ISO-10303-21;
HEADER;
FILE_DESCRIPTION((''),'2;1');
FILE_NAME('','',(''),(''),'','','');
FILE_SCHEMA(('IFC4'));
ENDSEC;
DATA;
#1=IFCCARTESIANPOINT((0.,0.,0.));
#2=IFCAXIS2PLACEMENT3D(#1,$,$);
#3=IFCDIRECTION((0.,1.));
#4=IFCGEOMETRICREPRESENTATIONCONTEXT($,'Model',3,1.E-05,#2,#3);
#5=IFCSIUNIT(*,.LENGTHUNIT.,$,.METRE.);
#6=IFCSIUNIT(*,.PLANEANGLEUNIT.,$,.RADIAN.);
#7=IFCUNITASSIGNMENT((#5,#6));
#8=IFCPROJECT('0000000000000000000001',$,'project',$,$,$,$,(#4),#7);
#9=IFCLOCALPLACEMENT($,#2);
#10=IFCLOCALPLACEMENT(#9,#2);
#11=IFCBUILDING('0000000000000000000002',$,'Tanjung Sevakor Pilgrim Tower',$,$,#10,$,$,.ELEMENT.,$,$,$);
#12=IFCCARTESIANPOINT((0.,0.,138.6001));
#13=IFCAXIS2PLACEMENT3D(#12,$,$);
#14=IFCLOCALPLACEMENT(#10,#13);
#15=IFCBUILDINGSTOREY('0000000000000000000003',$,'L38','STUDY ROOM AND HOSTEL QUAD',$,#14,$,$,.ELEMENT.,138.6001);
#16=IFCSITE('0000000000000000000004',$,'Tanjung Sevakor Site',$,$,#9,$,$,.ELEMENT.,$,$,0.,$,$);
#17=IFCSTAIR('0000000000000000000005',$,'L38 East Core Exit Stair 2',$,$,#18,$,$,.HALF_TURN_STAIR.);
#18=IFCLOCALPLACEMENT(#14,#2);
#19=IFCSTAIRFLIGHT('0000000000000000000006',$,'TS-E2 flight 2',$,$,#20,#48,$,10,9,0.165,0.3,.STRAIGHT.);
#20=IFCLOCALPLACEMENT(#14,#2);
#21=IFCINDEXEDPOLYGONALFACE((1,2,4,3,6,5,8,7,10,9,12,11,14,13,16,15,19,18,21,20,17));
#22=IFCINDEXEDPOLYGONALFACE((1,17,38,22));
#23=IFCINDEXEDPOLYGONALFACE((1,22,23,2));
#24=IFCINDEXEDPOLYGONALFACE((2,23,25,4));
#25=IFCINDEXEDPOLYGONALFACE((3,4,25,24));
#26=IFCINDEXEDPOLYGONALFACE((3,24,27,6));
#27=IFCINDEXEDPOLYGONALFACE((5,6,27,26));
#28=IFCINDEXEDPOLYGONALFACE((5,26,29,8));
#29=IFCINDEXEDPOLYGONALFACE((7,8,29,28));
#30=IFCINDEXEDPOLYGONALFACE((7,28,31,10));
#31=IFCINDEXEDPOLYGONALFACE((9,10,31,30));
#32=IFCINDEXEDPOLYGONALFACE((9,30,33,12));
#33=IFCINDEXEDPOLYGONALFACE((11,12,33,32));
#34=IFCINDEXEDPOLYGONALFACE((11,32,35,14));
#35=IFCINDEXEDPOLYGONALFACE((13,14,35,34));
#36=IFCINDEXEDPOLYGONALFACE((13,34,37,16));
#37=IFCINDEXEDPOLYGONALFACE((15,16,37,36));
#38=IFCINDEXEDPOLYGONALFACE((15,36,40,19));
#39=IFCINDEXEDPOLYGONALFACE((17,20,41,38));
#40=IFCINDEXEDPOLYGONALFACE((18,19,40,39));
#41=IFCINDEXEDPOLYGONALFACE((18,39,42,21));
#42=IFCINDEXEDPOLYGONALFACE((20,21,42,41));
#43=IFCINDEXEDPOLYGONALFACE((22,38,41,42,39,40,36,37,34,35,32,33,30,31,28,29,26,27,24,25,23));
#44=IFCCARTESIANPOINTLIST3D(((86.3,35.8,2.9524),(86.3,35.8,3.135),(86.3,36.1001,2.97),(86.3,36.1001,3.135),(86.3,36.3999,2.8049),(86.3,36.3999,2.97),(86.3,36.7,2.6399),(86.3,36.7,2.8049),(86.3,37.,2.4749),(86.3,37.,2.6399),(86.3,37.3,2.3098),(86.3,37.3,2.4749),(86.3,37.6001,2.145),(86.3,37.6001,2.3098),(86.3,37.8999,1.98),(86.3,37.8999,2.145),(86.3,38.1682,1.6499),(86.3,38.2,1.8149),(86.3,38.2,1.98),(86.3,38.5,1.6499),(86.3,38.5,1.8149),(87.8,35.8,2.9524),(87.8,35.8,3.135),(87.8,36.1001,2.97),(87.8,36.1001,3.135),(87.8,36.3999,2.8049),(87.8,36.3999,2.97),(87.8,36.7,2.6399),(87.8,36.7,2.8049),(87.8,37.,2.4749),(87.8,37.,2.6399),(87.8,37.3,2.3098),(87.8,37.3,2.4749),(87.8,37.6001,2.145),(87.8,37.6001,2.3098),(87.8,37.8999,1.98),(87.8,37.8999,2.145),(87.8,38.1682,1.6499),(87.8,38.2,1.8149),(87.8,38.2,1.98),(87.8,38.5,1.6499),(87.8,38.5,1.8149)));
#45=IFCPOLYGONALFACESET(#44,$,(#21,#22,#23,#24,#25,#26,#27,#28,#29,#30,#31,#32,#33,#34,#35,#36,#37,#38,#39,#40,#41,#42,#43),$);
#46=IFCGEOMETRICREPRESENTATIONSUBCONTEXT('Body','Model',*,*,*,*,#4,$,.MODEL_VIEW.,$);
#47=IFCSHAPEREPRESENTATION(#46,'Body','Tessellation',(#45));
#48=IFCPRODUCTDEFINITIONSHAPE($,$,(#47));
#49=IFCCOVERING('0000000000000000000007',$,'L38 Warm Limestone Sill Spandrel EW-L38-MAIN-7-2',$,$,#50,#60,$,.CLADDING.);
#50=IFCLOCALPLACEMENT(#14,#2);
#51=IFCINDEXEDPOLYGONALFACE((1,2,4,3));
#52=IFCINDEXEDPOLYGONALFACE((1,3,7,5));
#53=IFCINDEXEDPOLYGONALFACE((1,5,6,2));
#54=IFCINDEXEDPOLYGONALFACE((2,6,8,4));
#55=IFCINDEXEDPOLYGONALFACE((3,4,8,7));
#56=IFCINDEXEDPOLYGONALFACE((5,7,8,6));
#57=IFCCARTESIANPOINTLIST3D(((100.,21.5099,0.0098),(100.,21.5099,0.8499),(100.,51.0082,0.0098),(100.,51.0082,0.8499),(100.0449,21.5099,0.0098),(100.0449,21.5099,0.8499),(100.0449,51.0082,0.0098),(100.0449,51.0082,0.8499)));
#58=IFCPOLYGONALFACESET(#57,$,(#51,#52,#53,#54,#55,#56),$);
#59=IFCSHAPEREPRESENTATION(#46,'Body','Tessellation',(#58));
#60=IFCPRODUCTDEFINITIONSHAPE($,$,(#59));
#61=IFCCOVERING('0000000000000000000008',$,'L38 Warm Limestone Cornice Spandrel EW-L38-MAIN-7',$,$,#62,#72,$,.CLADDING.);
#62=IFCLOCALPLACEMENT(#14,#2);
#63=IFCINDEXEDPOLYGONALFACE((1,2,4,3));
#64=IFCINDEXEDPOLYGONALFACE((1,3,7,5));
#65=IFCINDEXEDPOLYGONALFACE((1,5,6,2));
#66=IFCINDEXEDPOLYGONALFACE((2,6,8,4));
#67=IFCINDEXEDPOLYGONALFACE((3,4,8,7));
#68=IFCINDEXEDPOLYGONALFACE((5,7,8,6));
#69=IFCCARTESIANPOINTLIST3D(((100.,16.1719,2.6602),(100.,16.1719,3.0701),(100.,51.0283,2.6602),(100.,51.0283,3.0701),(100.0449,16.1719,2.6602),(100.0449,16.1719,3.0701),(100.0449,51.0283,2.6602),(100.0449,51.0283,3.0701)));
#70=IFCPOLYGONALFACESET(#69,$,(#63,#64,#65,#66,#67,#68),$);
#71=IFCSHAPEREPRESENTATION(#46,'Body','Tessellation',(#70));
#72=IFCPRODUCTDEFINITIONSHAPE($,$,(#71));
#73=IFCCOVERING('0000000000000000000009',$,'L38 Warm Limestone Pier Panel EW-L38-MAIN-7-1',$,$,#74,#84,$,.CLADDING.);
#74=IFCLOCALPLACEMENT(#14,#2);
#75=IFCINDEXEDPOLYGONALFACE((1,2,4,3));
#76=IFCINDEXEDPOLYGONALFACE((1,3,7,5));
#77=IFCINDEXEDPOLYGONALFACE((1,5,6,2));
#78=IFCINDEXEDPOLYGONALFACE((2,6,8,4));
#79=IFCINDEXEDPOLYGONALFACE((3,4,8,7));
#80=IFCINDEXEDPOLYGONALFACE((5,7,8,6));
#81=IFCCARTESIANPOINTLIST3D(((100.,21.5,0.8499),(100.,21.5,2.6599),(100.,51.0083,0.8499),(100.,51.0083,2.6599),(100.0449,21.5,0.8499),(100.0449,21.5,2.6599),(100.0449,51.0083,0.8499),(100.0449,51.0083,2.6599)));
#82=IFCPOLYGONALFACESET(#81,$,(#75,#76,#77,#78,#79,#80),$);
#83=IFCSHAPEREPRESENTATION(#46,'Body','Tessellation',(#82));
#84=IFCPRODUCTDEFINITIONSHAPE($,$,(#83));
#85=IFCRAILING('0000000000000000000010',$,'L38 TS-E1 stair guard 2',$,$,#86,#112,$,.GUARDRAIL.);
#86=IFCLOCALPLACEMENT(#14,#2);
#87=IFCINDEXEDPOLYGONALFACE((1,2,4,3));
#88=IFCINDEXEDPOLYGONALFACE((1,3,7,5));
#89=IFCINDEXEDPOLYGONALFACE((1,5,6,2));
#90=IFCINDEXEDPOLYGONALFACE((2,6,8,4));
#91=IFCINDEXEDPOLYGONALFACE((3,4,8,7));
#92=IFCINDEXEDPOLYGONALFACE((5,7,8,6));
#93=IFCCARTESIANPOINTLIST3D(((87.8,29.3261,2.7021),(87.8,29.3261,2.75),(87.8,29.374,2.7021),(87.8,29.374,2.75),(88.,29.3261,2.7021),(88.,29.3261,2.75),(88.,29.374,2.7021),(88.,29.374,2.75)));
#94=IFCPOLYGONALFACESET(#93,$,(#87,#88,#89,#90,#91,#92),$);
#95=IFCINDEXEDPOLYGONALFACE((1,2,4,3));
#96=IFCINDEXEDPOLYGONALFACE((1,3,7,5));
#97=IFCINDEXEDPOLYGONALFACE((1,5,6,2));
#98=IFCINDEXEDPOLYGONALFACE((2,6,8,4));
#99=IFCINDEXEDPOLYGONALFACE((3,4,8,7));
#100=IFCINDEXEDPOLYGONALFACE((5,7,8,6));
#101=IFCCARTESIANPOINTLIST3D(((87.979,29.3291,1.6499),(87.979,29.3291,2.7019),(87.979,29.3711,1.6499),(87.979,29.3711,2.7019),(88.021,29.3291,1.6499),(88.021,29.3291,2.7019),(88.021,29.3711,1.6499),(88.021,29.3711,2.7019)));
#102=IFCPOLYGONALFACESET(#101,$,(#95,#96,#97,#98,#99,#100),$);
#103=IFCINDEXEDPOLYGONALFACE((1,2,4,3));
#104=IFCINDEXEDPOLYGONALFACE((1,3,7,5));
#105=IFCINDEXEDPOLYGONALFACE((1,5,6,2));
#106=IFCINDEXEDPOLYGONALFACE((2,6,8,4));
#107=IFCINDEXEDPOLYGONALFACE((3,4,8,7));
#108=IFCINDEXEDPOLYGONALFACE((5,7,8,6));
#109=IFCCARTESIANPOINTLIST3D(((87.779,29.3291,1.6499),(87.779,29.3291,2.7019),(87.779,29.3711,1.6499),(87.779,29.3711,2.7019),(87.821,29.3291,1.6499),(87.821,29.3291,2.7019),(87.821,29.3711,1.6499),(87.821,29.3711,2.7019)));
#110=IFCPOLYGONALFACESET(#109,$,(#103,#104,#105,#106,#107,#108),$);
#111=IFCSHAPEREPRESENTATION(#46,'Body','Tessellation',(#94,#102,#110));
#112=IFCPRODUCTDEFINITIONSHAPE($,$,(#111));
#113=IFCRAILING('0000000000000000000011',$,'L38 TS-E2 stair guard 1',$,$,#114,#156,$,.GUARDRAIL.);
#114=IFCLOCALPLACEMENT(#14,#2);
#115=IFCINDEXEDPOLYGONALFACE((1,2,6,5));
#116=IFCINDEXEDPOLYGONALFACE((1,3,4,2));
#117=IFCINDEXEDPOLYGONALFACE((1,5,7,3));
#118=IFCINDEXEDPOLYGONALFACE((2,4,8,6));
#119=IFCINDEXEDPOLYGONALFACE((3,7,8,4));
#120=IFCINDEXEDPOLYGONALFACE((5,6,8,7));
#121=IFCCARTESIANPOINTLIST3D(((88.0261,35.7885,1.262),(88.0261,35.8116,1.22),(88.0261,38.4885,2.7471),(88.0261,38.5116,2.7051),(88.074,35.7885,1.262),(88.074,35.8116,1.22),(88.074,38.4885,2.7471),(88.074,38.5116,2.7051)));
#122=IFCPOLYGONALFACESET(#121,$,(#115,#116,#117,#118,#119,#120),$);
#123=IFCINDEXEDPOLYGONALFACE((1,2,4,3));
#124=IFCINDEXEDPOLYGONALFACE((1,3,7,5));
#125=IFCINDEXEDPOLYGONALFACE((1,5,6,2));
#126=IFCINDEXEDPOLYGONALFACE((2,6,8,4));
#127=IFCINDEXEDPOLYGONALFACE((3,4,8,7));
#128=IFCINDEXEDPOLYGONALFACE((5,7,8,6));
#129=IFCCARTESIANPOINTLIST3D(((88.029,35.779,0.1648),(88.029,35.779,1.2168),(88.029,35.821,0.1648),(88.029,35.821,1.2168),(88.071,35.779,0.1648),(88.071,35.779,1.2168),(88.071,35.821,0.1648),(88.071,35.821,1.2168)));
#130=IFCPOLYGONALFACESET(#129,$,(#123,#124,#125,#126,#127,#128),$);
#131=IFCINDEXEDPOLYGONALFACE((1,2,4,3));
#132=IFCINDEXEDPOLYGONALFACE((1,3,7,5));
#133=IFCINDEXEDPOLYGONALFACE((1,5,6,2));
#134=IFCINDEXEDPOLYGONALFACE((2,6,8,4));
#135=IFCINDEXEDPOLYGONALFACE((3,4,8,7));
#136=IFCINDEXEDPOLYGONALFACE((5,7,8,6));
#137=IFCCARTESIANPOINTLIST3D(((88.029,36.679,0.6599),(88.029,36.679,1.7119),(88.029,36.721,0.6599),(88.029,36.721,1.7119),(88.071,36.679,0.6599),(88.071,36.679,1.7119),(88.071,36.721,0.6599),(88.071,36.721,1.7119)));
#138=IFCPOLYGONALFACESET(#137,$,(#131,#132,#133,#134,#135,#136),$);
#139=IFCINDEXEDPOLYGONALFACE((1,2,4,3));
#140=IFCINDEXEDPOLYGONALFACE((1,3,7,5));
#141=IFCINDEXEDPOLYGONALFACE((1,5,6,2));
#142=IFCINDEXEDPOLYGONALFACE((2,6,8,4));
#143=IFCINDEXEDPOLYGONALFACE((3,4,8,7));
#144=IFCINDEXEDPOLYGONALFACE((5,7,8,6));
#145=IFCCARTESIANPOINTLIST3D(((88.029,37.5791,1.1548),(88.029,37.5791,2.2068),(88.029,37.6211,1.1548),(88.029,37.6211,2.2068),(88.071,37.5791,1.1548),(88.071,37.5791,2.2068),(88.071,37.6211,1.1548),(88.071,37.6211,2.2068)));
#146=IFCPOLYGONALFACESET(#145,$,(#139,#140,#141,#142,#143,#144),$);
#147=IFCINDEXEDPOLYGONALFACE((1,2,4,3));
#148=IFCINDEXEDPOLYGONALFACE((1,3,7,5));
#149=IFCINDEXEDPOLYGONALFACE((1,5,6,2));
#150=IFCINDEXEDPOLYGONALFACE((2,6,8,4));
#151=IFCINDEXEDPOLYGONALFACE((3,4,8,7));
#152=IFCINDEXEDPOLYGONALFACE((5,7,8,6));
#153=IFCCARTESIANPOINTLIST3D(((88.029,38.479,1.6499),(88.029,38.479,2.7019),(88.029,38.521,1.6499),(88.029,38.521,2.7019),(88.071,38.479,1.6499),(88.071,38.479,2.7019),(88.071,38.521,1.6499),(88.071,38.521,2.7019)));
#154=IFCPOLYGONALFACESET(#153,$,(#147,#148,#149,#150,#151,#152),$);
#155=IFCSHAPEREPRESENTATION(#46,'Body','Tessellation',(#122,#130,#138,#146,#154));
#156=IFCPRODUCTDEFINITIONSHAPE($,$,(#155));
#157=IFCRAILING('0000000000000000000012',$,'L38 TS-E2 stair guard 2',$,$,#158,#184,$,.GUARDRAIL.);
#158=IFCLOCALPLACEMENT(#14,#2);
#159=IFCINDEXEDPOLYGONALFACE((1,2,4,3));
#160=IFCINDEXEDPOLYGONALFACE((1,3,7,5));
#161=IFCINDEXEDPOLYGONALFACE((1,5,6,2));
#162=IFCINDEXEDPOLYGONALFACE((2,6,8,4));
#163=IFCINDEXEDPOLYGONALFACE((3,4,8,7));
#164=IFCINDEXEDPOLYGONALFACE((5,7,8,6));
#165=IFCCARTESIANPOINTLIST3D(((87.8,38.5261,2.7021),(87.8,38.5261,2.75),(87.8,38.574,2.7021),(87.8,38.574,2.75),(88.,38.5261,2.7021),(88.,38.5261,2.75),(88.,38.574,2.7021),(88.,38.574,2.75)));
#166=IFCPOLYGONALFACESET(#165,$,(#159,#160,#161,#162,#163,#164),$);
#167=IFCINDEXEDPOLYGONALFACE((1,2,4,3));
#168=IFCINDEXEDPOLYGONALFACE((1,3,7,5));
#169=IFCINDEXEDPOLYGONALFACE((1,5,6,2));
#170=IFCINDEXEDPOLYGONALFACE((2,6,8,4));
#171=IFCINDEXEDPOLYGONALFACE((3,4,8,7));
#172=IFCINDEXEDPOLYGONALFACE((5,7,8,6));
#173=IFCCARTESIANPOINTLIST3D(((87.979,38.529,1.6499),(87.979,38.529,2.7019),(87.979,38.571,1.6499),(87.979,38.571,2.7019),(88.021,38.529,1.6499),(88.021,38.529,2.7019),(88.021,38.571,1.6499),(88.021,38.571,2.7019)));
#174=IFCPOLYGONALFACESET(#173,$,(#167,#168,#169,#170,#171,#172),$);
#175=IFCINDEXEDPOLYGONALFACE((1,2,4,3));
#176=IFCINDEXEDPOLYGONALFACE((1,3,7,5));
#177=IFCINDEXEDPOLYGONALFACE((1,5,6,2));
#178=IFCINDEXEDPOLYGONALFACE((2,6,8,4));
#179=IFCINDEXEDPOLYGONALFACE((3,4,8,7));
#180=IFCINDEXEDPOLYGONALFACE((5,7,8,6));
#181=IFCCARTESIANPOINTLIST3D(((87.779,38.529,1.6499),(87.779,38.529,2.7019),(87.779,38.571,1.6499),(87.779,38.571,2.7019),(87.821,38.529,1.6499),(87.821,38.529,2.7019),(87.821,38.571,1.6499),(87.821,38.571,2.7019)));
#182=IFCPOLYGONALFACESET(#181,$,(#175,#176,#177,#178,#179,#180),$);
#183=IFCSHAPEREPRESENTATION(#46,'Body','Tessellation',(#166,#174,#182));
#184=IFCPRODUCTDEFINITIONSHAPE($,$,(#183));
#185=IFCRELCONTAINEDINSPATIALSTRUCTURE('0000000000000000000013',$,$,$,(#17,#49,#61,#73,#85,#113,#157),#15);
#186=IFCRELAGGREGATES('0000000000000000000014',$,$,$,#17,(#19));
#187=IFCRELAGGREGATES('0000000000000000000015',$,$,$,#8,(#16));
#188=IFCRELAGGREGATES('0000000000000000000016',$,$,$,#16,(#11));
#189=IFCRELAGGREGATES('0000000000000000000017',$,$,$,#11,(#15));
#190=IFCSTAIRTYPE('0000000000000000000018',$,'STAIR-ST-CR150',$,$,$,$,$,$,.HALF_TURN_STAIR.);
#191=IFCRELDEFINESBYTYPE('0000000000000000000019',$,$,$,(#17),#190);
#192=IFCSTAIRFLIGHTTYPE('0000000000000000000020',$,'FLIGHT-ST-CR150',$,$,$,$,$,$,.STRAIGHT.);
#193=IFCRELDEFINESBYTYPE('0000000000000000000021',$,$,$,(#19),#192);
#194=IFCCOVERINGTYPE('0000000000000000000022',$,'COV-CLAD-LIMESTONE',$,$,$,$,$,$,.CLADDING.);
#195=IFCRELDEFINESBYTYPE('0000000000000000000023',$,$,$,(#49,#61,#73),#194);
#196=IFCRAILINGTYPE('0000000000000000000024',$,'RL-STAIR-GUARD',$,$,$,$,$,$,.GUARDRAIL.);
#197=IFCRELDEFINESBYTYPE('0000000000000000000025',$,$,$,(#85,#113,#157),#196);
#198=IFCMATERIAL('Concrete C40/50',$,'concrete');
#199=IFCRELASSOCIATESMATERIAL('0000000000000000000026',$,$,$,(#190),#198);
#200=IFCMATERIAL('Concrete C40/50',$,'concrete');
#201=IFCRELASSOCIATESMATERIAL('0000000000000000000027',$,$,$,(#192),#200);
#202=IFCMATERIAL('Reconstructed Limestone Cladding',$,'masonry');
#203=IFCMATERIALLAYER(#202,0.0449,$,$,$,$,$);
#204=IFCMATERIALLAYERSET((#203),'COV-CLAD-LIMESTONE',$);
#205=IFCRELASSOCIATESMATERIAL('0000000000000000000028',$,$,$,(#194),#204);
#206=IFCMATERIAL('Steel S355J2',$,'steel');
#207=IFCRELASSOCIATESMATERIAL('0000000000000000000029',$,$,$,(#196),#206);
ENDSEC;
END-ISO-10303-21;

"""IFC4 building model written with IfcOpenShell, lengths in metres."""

from ifc_helpers import new_model, si_unit, direction, frame, origin, origin_2d, place, context, subcontext, project, spatial, polyline, rectangle, outline, extrude, material, layer, layer_set, type_object, element, aggregate, save


model = new_model("IFC4")

# Units and contexts
model_context = context("Model", 3, precision=1e-05, world=origin(), true_north=direction((0.0, 1.0)))
body_context = subcontext(model_context, "Body", "Model", "MODEL_VIEW")
ifc_project = project(units=[si_unit("LENGTHUNIT", "METRE"), si_unit("PLANEANGLEUNIT", "RADIAN")], contexts=[model_context])

# Site, building, storey
site_placement = place(None, origin())
site = spatial("IfcSite", under=ifc_project, at=site_placement, Name="Tanjung Sevakor Site", CompositionType="ELEMENT", RefElevation=0.0)
building_placement = place(site_placement, origin())
building = spatial("IfcBuilding", under=site, at=building_placement, Name="Tanjung Sevakor Pilgrim Tower", CompositionType="ELEMENT")
storey_placement = place(building_placement, frame((0.0, 0.0, 138.6001)))
storey = spatial("IfcBuildingStorey", under=building, at=storey_placement, Name="L38", Description="STUDY ROOM AND HOSTEL QUAD", CompositionType="ELEMENT", Elevation=138.6001)

# Stair, stair flight
ifc_material_1 = material(Name="Concrete C40/50", Category="concrete")
stair_type = type_object("IfcStairType", Name="STAIR-ST-CR150", PredefinedType="HALF_TURN_STAIR", material=ifc_material_1)
stair_placement = place(storey_placement, origin())
stair = element("IfcStair", 1, at=stair_placement, inside=storey, type_object=stair_type, Name="L38 East Core Exit Stair 2", PredefinedType="HALF_TURN_STAIR")
ifc_material_2 = material(Name="Concrete C40/50", Category="concrete")
stair_flight_type = type_object("IfcStairFlightType", Name="FLIGHT-ST-CR150", PredefinedType="STRAIGHT", material=ifc_material_2)
stair_flight_1_placement = place(storey_placement, frame((87.05, 38.5, 1.6499), z_axis=(0.0, 0.0, 1.0), x_axis=(0.0, -1.0, 0.0)))
stair_flight_1 = element("IfcStairFlight", 2, at=stair_flight_1_placement, type_object=stair_flight_type, Name="TS-E2 flight 2", NumberOfRisers=10, NumberOfTreads=9, PredefinedType="STRAIGHT", RiserHeight=0.165, TreadLength=0.3, context=body_context, shape_type="SweptSolid", body=[
    extrude(outline(polyline([(0.0, 0.0), (0.0, 0.165), (0.3, 0.165), (0.3, 0.3301), (0.6001, 0.3301), (0.6001, 0.4951), (0.8999, 0.4951), (0.8999, 0.6599), (1.2, 0.6599), (1.2, 0.825), (1.5, 0.825), (1.5, 0.99), (1.8, 0.99), (1.8, 1.155), (2.1001, 1.155), (2.1001, 1.3201), (2.3999, 1.3201), (2.3999, 1.4851), (2.7, 1.4851), (2.7, 1.6499), (2.7, 1.3025), (0.3318, 0.0), (0.0, 0.0)])), frame((0.0, 0.75, 0.0), z_axis=(0.0, -1.0, 0.0), x_axis=(1.0, 0.0, 0.0)), (0.0, 0.0, 1.0), 1.5),
])
aggregate(stair, [stair_flight_1])

# Coverings
ifc_material_3 = material(Name="Reconstructed Limestone Cladding", Category="masonry")
ifc_layer_1 = layer(ifc_material_3, 0.0449)
ifc_layer_set_1 = layer_set([ifc_layer_1], Name="COV-CLAD-LIMESTONE")
covering_type = type_object("IfcCoveringType", Name="COV-CLAD-LIMESTONE", PredefinedType="CLADDING", material=ifc_layer_set_1)
covering_1_placement = place(storey_placement, frame((100.0225, 36.259, 0.0098), z_axis=(0.0, 0.0, 1.0), x_axis=(0.0, 1.0, 0.0)))
element("IfcCovering", 3, at=covering_1_placement, inside=storey, type_object=covering_type, Name="L38 Warm Limestone Sill Spandrel EW-L38-MAIN-7-2", PredefinedType="CLADDING", context=body_context, shape_type="SweptSolid", body=[
    extrude(rectangle(XDim=29.4983, YDim=0.0449, at=origin_2d()), origin(), (0.0, 0.0, 1.0), 0.8401),
])
covering_2_placement = place(storey_placement, frame((100.0225, 33.6001, 2.6602), z_axis=(0.0, 0.0, 1.0), x_axis=(0.0, 1.0, 0.0)))
element("IfcCovering", 4, at=covering_2_placement, inside=storey, type_object=covering_type, Name="L38 Warm Limestone Cornice Spandrel EW-L38-MAIN-7", PredefinedType="CLADDING", context=body_context, shape_type="SweptSolid", body=[
    extrude(rectangle(XDim=34.8564, YDim=0.0449, at=origin_2d()), origin(), (0.0, 0.0, 1.0), 0.4099),
])
covering_3_placement = place(storey_placement, frame((100.0225, 36.2542, 0.8499), z_axis=(0.0, 0.0, 1.0), x_axis=(0.0, 1.0, 0.0)))
element("IfcCovering", 5, at=covering_3_placement, inside=storey, type_object=covering_type, Name="L38 Warm Limestone Pier Panel EW-L38-MAIN-7-1", PredefinedType="CLADDING", context=body_context, shape_type="SweptSolid", body=[
    extrude(rectangle(XDim=29.5083, YDim=0.0449, at=origin_2d()), origin(), (0.0, 0.0, 1.0), 1.8101),
])

# Railings
ifc_material_4 = material(Name="Steel S355J2", Category="steel")
railing_type_1 = type_object("IfcRailingType", Name="RL-STAIR-GUARD", PredefinedType="GUARDRAIL", material=ifc_material_4)
railing_1_placement = place(storey_placement, frame((88.0, 29.3501, 1.6499)))
element("IfcRailing", 6, at=railing_1_placement, inside=storey, type_object=railing_type_1, Name="L38 TS-E1 stair guard 2", PredefinedType="GUARDRAIL", context=body_context, shape_type="SweptSolid", body=[
    extrude(rectangle(XDim=0.0479, YDim=0.0479), frame((0.0, 0.0, 1.0762), z_axis=(-1.0, 0.0, 0.0), x_axis=(0.0, -1.0, 0.0)), (0.0, 0.0, 1.0), 0.2),
    extrude(rectangle(XDim=0.042, YDim=0.042), origin(), (0.0, 0.0, 1.0), 1.052),
    extrude(rectangle(XDim=0.042, YDim=0.042), frame((-0.2, 0.0, 0.0)), (0.0, 0.0, 1.0), 1.052),
])
railing_2_placement = place(storey_placement, frame((88.05, 35.8, 0.1648)))
element("IfcRailing", 7, at=railing_2_placement, inside=storey, type_object=railing_type_1, Name="L38 TS-E2 stair guard 1", PredefinedType="GUARDRAIL", context=body_context, shape_type="SweptSolid", body=[
    extrude(rectangle(XDim=0.0479, YDim=0.0479), frame((0.0, 0.0, 1.0762), z_axis=(0.0, 0.876198, 0.481952), x_axis=(-1.0, 0.0, 0.0)), (0.0, 0.0, 1.0), 3.0815),
    extrude(rectangle(XDim=0.042, YDim=0.042), origin(), (0.0, 0.0, 1.0), 1.052),
    extrude(rectangle(XDim=0.042, YDim=0.042), frame((0.0, 0.8999, 0.4951)), (0.0, 0.0, 1.0), 1.052),
    extrude(rectangle(XDim=0.042, YDim=0.042), frame((0.0, 1.8, 0.99)), (0.0, 0.0, 1.0), 1.052),
    extrude(rectangle(XDim=0.042, YDim=0.042), frame((0.0, 2.7, 1.4851)), (0.0, 0.0, 1.0), 1.052),
])
railing_3_placement = place(storey_placement, frame((88.0, 38.55, 1.6499)))
element("IfcRailing", 8, at=railing_3_placement, inside=storey, type_object=railing_type_1, Name="L38 TS-E2 stair guard 2", PredefinedType="GUARDRAIL", context=body_context, shape_type="SweptSolid", body=[
    extrude(rectangle(XDim=0.0479, YDim=0.0479), frame((0.0, 0.0, 1.0762), z_axis=(-1.0, 0.0, 0.0), x_axis=(0.0, -1.0, 0.0)), (0.0, 0.0, 1.0), 0.2),
    extrude(rectangle(XDim=0.042, YDim=0.042), origin(), (0.0, 0.0, 1.0), 1.052),
    extrude(rectangle(XDim=0.042, YDim=0.042), frame((-0.2, 0.0, 0.0)), (0.0, 0.0, 1.0), 1.052),
])

save(model, "model.ifc")
